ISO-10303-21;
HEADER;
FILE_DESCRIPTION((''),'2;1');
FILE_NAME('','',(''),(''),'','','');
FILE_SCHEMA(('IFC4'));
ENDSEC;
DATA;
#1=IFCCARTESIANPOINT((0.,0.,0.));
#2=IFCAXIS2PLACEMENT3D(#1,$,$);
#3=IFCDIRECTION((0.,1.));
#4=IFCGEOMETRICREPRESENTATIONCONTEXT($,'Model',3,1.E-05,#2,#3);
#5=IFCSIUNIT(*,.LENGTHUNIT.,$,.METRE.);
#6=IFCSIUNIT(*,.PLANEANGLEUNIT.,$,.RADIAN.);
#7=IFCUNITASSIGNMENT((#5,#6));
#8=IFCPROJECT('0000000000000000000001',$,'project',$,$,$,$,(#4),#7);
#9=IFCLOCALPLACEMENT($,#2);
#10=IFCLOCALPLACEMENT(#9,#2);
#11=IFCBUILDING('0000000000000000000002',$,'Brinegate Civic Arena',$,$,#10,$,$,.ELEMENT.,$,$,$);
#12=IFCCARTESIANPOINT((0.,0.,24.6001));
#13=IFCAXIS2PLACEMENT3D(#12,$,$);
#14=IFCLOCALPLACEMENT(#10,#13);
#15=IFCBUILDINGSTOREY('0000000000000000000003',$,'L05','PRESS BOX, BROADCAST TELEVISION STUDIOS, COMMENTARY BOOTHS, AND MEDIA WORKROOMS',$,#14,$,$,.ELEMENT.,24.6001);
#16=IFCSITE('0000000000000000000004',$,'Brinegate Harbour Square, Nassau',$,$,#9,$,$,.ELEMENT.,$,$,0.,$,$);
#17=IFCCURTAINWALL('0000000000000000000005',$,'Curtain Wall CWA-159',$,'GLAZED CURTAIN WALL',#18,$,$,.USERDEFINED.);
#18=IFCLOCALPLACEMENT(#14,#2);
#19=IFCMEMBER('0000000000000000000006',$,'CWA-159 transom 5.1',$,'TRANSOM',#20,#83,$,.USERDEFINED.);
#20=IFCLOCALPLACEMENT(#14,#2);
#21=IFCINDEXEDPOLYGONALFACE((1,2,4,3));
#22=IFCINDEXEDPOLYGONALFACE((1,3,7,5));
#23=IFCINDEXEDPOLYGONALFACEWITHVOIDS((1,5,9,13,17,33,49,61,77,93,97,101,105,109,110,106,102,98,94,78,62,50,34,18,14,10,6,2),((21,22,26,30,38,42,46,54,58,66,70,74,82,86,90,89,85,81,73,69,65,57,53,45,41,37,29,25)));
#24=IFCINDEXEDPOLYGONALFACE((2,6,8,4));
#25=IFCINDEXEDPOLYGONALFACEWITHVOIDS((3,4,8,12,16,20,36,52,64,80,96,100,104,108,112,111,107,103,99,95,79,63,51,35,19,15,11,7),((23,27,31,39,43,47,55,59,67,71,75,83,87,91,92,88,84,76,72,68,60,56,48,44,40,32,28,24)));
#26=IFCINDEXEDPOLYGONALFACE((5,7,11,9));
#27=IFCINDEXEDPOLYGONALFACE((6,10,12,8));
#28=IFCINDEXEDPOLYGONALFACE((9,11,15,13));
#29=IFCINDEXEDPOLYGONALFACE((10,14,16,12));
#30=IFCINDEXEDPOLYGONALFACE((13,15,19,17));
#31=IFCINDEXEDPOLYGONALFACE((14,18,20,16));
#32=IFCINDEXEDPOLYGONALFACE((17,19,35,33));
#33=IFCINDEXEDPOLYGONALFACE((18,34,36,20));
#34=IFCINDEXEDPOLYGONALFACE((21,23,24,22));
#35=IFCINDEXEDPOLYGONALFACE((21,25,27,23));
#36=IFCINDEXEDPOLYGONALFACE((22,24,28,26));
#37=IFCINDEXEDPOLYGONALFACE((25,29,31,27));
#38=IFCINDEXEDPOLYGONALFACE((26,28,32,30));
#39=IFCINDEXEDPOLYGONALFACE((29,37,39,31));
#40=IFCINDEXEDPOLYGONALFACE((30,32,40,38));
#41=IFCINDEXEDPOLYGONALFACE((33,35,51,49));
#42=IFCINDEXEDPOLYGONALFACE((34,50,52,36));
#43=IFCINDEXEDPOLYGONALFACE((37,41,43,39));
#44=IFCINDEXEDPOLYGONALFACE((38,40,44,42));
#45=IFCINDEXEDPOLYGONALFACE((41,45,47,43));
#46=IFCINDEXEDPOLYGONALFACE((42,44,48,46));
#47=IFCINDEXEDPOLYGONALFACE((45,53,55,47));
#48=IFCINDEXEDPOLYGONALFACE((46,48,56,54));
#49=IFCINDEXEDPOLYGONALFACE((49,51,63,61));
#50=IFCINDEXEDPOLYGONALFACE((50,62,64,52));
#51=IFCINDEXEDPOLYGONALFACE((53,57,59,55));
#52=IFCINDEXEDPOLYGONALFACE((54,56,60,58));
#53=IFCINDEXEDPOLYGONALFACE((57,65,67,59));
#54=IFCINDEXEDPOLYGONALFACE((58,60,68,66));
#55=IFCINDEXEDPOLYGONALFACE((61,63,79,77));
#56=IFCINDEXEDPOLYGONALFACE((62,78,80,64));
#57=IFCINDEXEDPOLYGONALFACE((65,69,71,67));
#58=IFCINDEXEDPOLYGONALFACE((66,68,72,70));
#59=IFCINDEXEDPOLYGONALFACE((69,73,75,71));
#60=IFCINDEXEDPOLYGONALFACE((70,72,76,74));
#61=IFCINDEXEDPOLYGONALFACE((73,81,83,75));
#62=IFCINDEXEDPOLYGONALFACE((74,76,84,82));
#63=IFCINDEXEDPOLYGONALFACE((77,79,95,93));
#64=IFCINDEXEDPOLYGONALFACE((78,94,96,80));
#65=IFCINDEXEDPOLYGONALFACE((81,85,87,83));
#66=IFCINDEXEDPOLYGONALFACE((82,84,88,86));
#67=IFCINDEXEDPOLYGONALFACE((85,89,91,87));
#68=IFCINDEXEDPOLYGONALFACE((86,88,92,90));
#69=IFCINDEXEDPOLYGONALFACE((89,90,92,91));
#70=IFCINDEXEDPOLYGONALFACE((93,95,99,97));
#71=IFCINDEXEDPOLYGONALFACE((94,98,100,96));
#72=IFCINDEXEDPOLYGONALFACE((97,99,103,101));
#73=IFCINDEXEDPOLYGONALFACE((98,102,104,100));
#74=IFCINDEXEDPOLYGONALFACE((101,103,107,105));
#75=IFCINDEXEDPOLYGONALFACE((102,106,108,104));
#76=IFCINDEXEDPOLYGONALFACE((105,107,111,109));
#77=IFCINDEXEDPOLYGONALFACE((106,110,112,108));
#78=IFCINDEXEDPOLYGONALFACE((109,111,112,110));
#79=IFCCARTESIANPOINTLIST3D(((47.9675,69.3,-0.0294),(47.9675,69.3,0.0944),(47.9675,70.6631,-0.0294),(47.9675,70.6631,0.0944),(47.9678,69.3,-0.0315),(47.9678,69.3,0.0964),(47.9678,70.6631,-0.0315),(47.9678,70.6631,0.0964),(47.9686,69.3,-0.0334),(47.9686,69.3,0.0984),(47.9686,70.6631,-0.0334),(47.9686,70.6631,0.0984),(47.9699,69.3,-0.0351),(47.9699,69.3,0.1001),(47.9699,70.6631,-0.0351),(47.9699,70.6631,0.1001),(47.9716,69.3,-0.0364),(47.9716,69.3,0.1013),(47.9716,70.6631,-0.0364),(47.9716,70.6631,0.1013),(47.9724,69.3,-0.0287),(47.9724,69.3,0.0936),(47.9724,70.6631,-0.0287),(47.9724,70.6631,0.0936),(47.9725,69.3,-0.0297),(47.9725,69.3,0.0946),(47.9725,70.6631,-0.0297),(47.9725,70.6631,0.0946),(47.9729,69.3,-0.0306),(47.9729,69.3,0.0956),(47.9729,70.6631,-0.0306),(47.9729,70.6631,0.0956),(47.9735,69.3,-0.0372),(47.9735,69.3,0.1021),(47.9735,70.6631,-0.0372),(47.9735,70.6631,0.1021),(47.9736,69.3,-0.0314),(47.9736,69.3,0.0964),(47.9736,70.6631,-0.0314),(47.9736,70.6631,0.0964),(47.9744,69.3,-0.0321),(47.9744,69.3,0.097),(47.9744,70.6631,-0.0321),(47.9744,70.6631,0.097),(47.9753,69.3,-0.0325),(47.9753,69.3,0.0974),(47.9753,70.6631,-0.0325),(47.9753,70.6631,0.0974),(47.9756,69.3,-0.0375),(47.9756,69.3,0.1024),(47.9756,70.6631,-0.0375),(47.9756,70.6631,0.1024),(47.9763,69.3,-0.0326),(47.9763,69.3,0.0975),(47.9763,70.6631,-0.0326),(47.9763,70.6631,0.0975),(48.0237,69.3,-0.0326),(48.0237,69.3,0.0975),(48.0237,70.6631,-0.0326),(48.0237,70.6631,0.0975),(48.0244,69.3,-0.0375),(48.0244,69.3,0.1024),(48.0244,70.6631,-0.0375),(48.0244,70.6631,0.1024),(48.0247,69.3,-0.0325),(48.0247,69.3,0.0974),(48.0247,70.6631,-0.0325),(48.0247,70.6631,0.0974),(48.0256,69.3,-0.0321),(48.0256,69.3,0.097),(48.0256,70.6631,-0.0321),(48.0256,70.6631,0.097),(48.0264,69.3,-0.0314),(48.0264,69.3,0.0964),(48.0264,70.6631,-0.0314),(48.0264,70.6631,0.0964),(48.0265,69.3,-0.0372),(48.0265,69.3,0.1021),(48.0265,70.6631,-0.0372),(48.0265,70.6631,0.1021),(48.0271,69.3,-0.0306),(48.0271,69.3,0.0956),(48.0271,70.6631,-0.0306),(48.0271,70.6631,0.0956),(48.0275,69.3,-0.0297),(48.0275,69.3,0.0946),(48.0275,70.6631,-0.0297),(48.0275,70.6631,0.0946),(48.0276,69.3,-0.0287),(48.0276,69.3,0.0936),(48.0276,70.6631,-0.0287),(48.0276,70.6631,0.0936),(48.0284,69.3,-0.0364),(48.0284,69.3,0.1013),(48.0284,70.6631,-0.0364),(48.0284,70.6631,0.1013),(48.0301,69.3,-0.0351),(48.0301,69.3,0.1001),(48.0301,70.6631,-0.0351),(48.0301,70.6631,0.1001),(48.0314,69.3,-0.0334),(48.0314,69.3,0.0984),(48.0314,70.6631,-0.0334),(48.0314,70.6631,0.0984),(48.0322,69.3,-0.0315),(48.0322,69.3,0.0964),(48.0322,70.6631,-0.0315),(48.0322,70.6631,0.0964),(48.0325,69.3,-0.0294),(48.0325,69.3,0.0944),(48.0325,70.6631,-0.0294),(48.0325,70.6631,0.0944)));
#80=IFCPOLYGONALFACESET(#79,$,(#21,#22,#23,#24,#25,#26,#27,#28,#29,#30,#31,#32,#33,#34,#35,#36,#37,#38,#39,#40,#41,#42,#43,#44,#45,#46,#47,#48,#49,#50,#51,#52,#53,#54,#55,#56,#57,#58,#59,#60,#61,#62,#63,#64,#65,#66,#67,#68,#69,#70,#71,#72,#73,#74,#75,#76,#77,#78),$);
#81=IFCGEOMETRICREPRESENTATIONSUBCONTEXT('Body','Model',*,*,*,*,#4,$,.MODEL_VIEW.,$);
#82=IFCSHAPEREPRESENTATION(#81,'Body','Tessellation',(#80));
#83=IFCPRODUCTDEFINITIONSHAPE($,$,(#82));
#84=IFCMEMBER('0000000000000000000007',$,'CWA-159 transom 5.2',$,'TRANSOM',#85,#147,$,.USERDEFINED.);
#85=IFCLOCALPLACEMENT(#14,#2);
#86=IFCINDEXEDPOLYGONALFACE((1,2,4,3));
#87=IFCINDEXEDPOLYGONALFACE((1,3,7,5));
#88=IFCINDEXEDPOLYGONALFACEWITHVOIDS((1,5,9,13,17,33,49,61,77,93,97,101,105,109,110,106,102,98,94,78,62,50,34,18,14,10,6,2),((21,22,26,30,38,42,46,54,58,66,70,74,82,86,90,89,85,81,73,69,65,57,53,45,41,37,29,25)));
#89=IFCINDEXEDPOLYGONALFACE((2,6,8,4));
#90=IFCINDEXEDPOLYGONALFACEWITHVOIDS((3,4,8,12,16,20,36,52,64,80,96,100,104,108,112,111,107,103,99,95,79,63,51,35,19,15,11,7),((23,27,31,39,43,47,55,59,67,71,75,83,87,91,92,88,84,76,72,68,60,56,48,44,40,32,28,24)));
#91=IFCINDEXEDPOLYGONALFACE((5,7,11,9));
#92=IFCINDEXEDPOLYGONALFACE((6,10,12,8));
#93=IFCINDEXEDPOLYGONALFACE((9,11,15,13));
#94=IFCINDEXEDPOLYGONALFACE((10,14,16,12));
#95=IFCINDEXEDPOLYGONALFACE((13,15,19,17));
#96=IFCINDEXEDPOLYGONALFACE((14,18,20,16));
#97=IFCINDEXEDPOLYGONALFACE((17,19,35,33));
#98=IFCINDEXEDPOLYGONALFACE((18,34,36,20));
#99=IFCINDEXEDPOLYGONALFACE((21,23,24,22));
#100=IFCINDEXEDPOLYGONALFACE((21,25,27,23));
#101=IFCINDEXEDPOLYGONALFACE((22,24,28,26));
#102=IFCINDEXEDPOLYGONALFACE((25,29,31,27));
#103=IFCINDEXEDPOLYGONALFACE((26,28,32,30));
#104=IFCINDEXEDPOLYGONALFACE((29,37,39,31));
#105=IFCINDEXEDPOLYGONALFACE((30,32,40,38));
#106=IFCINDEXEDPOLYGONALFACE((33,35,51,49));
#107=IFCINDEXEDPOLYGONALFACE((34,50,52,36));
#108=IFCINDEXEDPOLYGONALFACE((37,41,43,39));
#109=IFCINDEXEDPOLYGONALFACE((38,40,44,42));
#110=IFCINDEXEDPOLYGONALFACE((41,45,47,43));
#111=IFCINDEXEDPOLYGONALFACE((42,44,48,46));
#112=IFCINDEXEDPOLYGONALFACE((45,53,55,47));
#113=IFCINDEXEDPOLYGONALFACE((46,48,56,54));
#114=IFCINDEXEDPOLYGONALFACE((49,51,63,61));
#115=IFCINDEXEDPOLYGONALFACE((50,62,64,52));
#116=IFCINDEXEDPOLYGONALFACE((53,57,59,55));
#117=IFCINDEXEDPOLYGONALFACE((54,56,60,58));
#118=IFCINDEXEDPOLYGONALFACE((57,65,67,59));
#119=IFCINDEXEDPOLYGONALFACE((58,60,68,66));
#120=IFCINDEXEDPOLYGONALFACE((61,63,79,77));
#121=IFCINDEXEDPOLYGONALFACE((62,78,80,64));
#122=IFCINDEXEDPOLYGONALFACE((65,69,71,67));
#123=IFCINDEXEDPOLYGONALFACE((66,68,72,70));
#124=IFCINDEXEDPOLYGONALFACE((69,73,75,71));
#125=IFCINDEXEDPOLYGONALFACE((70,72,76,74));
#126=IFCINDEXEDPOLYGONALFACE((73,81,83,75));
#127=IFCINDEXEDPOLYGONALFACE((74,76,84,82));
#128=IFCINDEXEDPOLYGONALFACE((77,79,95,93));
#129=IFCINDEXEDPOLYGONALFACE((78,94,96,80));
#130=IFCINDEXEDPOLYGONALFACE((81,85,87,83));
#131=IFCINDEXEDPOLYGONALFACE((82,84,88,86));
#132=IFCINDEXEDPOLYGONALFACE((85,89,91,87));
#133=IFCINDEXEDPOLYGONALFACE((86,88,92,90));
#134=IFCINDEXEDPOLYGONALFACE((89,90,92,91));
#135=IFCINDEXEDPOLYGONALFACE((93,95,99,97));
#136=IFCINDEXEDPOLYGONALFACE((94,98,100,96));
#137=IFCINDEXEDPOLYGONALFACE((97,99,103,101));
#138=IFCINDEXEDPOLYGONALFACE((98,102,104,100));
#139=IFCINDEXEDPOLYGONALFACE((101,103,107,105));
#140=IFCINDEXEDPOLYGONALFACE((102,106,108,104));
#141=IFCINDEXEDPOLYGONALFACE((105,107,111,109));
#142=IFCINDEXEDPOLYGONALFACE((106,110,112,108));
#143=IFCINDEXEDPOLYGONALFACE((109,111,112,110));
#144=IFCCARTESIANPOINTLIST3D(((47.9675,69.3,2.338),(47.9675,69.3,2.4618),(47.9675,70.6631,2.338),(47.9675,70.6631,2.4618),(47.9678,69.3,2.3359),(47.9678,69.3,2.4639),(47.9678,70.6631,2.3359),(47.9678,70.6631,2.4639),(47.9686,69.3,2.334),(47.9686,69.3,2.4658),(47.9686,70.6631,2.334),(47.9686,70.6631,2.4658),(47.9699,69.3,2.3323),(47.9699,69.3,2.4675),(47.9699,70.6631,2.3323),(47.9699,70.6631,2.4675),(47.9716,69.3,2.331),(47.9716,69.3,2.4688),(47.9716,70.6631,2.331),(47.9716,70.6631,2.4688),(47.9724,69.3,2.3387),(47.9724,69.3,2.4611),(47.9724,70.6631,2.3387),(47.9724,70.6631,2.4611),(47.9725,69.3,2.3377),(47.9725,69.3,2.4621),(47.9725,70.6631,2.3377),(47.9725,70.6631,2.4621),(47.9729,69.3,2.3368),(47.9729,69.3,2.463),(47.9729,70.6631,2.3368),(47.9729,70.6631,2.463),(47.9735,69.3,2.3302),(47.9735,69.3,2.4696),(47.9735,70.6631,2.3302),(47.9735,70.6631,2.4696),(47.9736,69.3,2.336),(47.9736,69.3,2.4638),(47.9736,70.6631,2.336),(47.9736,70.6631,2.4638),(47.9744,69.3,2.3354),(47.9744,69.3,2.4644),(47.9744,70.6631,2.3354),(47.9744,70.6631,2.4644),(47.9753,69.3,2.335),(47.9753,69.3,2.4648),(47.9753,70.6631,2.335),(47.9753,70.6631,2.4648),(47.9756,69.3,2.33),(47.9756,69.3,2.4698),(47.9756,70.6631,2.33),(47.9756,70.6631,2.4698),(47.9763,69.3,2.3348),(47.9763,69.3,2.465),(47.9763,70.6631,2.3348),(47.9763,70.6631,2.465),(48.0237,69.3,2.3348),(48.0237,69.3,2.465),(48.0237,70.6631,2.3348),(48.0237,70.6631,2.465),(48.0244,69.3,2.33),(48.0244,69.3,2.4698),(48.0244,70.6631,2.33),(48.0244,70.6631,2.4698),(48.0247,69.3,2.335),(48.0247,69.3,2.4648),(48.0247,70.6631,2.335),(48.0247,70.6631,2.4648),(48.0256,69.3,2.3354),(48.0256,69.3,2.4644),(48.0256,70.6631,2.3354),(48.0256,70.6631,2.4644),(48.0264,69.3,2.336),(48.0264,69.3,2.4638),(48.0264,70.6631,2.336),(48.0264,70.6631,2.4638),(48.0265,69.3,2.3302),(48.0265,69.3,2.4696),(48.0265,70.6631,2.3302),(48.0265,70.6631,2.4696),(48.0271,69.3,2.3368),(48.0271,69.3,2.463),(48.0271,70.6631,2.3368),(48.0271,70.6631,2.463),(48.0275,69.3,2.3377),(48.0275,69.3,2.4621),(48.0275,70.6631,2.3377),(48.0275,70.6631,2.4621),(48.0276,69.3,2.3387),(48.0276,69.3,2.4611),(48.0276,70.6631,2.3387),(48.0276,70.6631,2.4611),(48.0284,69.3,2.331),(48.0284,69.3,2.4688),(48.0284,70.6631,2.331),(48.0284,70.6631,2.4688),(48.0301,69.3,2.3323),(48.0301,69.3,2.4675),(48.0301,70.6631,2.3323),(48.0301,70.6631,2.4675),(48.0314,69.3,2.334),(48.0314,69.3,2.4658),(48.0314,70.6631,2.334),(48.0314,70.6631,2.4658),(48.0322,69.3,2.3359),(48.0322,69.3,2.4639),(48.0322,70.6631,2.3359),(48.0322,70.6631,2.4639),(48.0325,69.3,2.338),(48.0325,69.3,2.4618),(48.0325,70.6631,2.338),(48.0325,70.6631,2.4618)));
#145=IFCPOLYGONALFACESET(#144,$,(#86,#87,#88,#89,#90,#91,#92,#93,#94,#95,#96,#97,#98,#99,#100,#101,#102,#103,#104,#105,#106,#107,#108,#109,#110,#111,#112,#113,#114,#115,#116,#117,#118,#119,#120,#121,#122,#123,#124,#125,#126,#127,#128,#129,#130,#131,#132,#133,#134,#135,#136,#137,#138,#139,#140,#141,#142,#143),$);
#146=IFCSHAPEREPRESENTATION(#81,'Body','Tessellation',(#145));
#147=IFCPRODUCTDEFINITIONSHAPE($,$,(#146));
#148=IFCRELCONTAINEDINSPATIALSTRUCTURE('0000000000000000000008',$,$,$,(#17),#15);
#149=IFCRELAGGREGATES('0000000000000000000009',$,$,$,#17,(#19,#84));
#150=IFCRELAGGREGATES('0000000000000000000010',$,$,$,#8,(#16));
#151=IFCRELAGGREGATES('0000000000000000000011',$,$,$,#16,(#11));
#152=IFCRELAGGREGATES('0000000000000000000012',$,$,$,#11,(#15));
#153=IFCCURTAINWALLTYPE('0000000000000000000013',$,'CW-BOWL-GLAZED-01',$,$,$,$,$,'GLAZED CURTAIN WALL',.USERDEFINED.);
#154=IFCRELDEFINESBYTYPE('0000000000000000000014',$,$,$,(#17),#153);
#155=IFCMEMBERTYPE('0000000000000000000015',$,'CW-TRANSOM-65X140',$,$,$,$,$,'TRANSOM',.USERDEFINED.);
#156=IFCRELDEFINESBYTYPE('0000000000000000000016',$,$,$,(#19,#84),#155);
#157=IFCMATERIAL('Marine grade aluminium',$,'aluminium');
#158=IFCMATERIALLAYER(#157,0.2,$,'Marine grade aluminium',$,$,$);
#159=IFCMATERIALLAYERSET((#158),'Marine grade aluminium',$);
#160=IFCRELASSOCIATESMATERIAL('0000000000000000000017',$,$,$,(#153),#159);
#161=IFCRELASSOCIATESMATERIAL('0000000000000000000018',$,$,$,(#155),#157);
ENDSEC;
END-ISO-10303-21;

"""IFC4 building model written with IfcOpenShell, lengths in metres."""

from ifc_helpers import new_model, si_unit, direction, frame, origin, origin_2d, place, context, subcontext, project, spatial, hollow_rectangle, extrude, material, layer, layer_set, material_profile, profile_set, type_object, element, aggregate, save


model = new_model("IFC4")

# Units and contexts
model_context = context("Model", 3, precision=1e-05, world=origin(), true_north=direction((0.0, 1.0)))
body_context = subcontext(model_context, "Body", "Model", "MODEL_VIEW")
ifc_project = project(units=[si_unit("LENGTHUNIT", "METRE"), si_unit("PLANEANGLEUNIT", "RADIAN")], contexts=[model_context])

# Site, building, storey
site_placement = place(None, origin())
site = spatial("IfcSite", under=ifc_project, at=site_placement, Name="Brinegate Harbour Square, Nassau", CompositionType="ELEMENT", RefElevation=0.0)
building_placement = place(site_placement, origin())
building = spatial("IfcBuilding", under=site, at=building_placement, Name="Brinegate Civic Arena", CompositionType="ELEMENT")
storey_placement = place(building_placement, frame((0.0, 0.0, 24.6001)))
storey = spatial("IfcBuildingStorey", under=building, at=storey_placement, Name="L05", Description="PRESS BOX, BROADCAST TELEVISION STUDIOS, COMMENTARY BOOTHS, AND MEDIA WORKROOMS", CompositionType="ELEMENT", Elevation=24.6001)

# Curtain wall, members
ifc_material_1 = material(Name="Marine grade aluminium", Category="aluminium")
ifc_layer_1 = layer(ifc_material_1, 0.2, Name="Marine grade aluminium")
ifc_layer_set_1 = layer_set([ifc_layer_1], Name="Marine grade aluminium")
curtain_wall_type = type_object("IfcCurtainWallType", Name="CW-BOWL-GLAZED-01", ElementType="GLAZED CURTAIN WALL", PredefinedType="USERDEFINED", material=ifc_layer_set_1)
curtain_wall_1_placement = place(storey_placement, origin())
curtain_wall_1 = element("IfcCurtainWall", 1, at=curtain_wall_1_placement, inside=storey, type_object=curtain_wall_type, Name="Curtain Wall CWA-159", ObjectType="GLAZED CURTAIN WALL", PredefinedType="USERDEFINED")
ifc_material_profile_1 = material_profile(ifc_material_1, hollow_rectangle(XDim=0.0649, YDim=0.1399, WallThickness=0.0049, InnerFilletRadius=0.0039, OuterFilletRadius=0.0081, at=origin_2d()), Name="TRN65X140")
ifc_profile_set_1 = profile_set([ifc_material_profile_1], Name="Marine grade aluminium")
member_type_1 = type_object("IfcMemberType", Name="CW-TRANSOM-65X140", ElementType="TRANSOM", PredefinedType="USERDEFINED", material=ifc_profile_set_1)
member_1_placement = place(storey_placement, frame((48.0, 69.3, 0.0325), z_axis=(0.0, 1.0, 0.0), x_axis=(-1.0, 0.0, 0.0)))
member_1 = element("IfcMember", 2, at=member_1_placement, type_object=member_type_1, Name="CWA-159 transom 5.1", ObjectType="TRANSOM", PredefinedType="USERDEFINED", context=body_context, shape_type="SweptSolid", body=[
    extrude(hollow_rectangle(XDim=0.0649, YDim=0.1399, WallThickness=0.0049, InnerFilletRadius=0.0039, OuterFilletRadius=0.0081, at=origin_2d()), origin(), (0.0, 0.0, 1.0), 1.363),
])
member_2_placement = place(storey_placement, frame((48.0, 69.3, 2.3999), z_axis=(0.0, 1.0, 0.0), x_axis=(-1.0, 0.0, 0.0)))
member_2 = element("IfcMember", 3, at=member_2_placement, type_object=member_type_1, Name="CWA-159 transom 5.2", ObjectType="TRANSOM", PredefinedType="USERDEFINED", context=body_context, shape_type="SweptSolid", body=[
    extrude(hollow_rectangle(XDim=0.0649, YDim=0.1399, WallThickness=0.0049, InnerFilletRadius=0.0039, OuterFilletRadius=0.0081, at=origin_2d()), origin(), (0.0, 0.0, 1.0), 1.363),
])

aggregate(curtain_wall_1, [member_1, member_2])

save(model, "model.ifc")
